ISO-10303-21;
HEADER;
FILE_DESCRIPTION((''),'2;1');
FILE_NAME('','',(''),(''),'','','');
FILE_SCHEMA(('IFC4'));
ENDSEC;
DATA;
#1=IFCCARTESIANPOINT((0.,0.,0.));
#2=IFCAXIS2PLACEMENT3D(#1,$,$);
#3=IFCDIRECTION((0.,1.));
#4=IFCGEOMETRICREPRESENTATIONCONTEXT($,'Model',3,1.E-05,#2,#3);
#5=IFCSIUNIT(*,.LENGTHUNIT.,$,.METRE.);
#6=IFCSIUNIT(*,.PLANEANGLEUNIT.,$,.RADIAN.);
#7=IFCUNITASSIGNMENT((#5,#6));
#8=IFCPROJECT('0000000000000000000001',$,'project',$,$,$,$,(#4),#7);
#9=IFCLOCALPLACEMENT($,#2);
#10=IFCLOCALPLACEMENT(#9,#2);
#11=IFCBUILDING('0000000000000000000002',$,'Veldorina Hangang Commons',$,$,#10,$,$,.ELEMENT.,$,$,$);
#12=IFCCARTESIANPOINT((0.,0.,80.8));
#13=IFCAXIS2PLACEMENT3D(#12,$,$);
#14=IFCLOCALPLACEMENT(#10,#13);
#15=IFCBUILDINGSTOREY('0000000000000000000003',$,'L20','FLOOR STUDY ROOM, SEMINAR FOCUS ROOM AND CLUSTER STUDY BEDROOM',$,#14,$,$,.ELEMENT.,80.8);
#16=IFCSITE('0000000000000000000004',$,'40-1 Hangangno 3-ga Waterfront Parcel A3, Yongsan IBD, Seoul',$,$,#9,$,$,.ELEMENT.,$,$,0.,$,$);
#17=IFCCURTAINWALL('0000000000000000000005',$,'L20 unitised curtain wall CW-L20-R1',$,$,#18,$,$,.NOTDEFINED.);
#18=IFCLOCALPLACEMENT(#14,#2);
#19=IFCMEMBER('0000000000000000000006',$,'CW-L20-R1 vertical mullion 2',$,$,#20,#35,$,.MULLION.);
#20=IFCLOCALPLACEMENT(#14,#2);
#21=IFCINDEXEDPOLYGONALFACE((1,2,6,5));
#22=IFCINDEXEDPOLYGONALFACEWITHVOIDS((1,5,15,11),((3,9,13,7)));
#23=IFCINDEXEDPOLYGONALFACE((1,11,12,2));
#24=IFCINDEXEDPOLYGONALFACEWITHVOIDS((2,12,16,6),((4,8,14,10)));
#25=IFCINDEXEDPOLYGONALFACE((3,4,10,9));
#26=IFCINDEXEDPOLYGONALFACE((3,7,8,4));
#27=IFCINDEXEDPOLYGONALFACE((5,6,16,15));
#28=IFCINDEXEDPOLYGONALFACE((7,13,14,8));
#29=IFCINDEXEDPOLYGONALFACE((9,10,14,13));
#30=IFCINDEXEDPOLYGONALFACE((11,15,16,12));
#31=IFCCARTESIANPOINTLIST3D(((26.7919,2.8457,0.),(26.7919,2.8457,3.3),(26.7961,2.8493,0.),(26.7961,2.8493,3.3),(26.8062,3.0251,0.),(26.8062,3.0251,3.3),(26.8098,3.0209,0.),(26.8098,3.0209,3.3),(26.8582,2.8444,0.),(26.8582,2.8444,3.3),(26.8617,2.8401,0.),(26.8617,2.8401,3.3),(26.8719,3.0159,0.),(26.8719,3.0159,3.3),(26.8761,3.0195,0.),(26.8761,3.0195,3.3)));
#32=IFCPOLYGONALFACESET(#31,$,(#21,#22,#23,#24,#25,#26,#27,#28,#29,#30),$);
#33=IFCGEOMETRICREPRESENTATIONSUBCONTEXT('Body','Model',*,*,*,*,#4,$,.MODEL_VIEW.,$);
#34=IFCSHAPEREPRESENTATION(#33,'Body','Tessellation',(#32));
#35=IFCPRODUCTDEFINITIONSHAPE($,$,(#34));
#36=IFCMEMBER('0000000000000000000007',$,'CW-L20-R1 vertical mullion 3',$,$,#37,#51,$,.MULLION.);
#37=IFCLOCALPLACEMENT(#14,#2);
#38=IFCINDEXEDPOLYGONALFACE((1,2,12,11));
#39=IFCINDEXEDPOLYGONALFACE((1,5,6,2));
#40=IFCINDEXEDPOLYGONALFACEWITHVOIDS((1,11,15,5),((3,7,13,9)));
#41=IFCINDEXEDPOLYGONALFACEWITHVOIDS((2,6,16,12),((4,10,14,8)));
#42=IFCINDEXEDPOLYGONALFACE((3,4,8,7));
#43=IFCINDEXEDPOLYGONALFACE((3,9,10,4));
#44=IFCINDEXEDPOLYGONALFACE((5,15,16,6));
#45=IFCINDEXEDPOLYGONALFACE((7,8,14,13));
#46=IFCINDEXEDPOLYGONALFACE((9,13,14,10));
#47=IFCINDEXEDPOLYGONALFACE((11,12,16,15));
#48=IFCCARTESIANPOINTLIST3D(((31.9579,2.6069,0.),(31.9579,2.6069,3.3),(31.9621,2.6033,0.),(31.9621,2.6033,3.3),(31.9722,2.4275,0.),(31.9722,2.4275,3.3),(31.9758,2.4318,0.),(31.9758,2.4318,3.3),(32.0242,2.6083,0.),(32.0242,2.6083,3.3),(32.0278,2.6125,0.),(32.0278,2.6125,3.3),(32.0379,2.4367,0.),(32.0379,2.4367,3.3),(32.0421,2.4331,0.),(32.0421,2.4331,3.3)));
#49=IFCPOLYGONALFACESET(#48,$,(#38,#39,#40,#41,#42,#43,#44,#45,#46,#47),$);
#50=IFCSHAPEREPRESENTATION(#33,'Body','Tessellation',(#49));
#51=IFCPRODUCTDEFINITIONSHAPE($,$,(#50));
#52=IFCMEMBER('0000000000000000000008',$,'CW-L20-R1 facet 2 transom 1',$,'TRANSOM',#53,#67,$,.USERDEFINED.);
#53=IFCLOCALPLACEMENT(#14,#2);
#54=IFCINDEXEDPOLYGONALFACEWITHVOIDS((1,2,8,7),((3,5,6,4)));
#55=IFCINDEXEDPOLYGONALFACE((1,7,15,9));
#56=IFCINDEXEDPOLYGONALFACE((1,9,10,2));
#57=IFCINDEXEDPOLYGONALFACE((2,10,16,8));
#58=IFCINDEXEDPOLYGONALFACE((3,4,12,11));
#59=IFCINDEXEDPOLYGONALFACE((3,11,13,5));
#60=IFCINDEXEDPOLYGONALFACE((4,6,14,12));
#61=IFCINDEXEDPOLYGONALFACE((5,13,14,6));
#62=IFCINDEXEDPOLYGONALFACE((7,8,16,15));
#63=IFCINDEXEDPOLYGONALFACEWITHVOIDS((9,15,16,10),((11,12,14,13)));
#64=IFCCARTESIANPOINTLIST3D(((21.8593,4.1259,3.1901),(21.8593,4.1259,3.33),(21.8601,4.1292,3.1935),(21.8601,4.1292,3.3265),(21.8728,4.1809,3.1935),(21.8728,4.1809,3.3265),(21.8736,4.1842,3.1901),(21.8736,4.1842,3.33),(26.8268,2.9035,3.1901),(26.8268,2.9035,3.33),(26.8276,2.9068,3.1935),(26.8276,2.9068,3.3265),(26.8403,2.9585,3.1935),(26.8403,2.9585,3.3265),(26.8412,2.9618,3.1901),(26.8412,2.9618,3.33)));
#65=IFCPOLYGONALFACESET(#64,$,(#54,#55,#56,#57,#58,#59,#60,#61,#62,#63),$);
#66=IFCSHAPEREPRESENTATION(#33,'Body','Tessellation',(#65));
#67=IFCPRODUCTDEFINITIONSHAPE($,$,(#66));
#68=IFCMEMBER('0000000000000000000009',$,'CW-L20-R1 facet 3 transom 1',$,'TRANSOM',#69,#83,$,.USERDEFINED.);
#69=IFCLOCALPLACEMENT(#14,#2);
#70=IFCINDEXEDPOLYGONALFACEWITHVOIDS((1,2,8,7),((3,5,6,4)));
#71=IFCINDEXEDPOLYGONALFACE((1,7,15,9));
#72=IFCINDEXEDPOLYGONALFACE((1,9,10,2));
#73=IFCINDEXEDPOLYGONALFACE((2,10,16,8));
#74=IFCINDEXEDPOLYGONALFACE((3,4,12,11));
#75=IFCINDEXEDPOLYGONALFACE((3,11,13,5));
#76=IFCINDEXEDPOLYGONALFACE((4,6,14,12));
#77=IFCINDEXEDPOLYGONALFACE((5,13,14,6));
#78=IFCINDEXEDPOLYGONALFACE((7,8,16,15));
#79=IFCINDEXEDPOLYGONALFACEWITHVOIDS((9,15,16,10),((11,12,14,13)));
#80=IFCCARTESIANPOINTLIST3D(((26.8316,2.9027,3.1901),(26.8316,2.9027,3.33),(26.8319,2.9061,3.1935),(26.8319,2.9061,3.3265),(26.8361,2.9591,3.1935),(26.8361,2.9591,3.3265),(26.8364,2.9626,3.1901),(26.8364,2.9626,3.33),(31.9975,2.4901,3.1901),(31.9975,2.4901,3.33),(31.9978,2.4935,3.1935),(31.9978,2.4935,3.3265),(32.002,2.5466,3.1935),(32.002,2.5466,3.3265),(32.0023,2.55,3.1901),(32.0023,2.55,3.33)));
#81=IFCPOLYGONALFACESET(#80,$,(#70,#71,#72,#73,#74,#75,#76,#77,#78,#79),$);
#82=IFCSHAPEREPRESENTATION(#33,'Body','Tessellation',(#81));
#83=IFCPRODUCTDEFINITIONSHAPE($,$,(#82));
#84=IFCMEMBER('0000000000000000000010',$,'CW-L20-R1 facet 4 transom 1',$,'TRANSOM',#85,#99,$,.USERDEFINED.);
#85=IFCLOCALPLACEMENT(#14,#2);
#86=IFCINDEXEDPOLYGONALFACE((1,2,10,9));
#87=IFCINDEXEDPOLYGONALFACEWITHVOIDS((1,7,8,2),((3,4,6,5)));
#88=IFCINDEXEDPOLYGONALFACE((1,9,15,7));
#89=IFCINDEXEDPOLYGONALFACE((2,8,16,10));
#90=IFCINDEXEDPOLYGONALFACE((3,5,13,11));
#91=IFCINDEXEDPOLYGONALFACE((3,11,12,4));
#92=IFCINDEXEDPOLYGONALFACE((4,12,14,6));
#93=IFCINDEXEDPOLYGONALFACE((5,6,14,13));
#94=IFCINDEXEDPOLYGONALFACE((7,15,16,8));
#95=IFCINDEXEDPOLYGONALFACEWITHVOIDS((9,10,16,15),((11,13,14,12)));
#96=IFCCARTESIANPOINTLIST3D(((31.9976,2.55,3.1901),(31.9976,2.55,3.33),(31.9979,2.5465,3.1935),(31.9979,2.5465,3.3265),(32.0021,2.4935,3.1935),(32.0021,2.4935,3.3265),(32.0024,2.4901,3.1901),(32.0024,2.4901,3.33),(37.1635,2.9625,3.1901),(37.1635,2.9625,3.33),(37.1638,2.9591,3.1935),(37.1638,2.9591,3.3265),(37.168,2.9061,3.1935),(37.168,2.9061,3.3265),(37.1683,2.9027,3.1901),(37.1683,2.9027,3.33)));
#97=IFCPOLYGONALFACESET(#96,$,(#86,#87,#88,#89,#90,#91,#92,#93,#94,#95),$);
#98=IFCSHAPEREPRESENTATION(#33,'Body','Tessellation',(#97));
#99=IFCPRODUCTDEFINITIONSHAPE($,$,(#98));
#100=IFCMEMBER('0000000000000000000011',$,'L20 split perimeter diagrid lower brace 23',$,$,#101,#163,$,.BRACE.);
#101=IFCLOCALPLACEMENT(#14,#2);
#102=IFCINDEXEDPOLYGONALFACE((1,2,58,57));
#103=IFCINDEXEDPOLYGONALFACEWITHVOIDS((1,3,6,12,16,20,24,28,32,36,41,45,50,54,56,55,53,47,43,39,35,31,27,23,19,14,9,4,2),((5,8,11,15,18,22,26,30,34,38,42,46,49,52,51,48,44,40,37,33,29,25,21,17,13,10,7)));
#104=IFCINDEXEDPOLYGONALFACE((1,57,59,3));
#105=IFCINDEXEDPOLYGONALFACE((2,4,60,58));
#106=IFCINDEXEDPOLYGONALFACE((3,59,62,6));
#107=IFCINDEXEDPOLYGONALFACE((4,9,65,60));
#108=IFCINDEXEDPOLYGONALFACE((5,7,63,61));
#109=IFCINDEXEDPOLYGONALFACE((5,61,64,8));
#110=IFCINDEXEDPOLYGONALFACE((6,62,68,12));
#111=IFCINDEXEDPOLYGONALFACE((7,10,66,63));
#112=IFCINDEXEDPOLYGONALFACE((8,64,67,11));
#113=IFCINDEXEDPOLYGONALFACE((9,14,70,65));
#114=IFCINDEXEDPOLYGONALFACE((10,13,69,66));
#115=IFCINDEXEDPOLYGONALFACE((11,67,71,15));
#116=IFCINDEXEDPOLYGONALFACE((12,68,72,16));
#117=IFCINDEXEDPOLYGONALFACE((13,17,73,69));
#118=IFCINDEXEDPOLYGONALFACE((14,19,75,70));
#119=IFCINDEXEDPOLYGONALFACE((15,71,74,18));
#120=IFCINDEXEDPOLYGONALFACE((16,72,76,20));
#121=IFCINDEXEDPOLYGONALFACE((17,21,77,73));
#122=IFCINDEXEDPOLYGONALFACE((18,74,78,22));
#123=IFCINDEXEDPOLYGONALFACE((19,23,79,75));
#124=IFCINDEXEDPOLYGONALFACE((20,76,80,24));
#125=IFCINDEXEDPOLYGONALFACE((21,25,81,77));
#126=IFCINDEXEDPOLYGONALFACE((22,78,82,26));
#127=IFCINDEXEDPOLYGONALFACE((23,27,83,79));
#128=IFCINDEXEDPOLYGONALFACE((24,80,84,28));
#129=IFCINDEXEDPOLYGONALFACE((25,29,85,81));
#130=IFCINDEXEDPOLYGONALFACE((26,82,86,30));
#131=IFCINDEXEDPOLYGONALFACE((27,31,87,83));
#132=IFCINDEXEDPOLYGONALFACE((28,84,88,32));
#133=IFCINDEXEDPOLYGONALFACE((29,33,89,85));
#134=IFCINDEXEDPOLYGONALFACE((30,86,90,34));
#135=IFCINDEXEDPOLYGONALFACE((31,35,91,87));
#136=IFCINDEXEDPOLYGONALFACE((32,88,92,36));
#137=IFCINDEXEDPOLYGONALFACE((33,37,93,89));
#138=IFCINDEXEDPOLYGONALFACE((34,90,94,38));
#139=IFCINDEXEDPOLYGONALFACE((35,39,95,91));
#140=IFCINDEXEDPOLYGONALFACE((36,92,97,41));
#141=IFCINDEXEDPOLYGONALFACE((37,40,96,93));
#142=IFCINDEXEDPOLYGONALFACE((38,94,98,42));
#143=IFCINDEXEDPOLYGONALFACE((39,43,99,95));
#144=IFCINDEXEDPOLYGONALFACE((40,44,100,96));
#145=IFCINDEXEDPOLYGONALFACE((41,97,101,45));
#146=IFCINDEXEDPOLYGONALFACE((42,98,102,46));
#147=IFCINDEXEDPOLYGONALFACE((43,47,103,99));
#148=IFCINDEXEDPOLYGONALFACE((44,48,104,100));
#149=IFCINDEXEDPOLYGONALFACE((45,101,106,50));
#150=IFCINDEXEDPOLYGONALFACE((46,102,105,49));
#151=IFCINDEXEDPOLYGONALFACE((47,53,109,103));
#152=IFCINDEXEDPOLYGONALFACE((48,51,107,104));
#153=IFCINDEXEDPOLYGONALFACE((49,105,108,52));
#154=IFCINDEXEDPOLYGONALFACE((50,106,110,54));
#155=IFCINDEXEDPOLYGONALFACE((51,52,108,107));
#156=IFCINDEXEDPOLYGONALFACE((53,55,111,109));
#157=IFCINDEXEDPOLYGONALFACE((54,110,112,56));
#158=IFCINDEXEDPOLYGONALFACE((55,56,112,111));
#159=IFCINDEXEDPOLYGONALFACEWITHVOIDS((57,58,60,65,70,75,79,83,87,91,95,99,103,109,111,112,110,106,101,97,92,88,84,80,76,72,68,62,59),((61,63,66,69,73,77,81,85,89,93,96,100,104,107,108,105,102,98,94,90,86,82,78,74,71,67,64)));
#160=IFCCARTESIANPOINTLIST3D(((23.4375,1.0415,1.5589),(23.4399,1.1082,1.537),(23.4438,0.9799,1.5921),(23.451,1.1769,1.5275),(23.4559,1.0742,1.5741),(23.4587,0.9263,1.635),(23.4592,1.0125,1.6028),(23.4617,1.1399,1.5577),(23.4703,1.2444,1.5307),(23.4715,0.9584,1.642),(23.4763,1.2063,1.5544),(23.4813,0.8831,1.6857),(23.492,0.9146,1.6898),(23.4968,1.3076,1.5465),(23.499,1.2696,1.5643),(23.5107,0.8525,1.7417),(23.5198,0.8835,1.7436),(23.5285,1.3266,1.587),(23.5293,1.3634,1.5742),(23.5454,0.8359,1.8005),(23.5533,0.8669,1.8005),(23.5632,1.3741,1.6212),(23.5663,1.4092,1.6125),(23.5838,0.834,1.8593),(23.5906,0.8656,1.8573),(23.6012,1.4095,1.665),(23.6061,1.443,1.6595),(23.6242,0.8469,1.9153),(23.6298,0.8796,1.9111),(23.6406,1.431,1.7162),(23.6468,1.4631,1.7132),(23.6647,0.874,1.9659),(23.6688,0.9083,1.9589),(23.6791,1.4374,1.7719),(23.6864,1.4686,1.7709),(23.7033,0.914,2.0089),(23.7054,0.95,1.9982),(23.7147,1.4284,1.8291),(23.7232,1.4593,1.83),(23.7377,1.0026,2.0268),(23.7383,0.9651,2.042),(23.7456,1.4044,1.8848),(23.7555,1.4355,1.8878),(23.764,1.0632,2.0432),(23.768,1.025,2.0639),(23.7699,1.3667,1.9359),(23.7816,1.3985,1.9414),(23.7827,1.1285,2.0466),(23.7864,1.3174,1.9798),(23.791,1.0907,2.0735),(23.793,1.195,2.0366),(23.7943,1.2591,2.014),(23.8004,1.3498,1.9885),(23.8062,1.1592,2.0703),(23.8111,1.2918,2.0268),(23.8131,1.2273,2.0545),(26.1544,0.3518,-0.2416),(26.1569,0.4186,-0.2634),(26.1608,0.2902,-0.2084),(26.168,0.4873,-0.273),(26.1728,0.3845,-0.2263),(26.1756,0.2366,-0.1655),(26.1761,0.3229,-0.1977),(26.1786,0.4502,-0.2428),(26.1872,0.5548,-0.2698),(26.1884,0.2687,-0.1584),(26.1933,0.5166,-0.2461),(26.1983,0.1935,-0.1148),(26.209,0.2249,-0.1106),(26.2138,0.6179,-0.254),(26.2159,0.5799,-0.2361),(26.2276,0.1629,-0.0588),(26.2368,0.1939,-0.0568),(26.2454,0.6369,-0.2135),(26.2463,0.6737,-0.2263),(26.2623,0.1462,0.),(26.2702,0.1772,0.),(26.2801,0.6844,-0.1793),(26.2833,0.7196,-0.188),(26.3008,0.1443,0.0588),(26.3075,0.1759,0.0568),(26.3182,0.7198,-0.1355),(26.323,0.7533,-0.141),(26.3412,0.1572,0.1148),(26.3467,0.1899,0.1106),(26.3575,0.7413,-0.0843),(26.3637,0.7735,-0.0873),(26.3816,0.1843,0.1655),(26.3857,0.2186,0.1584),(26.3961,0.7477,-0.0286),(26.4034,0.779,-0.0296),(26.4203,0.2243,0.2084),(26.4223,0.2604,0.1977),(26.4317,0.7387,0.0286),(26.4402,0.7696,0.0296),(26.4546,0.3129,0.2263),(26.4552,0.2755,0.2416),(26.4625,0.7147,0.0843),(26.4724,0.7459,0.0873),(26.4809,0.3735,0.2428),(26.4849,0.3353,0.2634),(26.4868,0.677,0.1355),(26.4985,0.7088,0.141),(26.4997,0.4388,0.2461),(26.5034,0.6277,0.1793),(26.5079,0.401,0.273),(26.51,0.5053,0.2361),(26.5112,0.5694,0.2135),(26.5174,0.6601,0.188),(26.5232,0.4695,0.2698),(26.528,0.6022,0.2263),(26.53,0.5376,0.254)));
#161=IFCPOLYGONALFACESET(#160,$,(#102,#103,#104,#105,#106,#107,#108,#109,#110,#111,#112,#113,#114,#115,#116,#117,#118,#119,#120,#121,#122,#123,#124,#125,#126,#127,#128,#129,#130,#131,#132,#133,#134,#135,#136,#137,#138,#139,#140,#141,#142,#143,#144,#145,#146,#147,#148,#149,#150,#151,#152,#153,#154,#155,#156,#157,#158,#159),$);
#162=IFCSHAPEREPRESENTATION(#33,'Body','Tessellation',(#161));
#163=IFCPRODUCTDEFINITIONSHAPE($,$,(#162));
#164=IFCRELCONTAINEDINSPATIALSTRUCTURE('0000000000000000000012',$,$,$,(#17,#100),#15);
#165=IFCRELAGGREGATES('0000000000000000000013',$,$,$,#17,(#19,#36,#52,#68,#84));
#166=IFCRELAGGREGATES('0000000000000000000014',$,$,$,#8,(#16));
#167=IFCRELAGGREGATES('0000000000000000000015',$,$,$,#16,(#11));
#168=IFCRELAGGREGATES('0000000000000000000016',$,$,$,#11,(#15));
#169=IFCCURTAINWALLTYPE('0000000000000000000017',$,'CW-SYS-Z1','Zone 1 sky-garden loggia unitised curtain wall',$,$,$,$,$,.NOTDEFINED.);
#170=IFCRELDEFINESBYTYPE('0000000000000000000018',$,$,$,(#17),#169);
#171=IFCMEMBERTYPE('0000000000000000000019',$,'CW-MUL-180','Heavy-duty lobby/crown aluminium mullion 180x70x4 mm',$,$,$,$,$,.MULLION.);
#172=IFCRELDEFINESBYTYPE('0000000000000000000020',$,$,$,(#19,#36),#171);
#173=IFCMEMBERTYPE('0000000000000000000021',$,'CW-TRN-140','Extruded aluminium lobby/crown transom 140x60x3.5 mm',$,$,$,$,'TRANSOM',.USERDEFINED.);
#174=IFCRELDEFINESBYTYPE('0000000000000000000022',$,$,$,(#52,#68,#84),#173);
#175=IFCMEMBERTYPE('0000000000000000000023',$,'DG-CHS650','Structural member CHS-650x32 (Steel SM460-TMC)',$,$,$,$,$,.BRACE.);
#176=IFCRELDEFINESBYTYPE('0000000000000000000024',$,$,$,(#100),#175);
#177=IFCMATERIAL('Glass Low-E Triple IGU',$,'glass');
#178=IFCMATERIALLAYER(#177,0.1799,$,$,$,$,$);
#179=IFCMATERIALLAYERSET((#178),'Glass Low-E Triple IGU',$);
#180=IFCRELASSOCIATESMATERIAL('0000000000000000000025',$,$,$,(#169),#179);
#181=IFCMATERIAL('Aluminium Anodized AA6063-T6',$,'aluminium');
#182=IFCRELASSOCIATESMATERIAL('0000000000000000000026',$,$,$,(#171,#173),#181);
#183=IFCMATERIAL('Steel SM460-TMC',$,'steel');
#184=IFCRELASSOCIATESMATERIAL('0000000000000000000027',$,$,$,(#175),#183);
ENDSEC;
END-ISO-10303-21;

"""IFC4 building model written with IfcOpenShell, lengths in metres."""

from ifc_helpers import new_model, si_unit, direction, frame, origin, origin_2d, place, context, subcontext, project, spatial, hollow_rectangle, hollow_circle, extrude, material, layer, layer_set, material_profile, profile_set, type_object, element, aggregate, save


model = new_model("IFC4")

# Units and contexts
model_context = context("Model", 3, precision=1e-05, world=origin(), true_north=direction((0.0, 1.0)))
body_context = subcontext(model_context, "Body", "Model", "MODEL_VIEW")
ifc_project = project(units=[si_unit("LENGTHUNIT", "METRE"), si_unit("PLANEANGLEUNIT", "RADIAN")], contexts=[model_context])

# Site, building, storey
site_placement = place(None, origin())
site = spatial("IfcSite", under=ifc_project, at=site_placement, Name="40-1 Hangangno 3-ga Waterfront Parcel A3, Yongsan IBD, Seoul", CompositionType="ELEMENT", RefElevation=0.0)
building_placement = place(site_placement, origin())
building = spatial("IfcBuilding", under=site, at=building_placement, Name="Veldorina Hangang Commons", CompositionType="ELEMENT")
storey_placement = place(building_placement, frame((0.0, 0.0, 80.8)))
storey = spatial("IfcBuildingStorey", under=building, at=storey_placement, Name="L20", Description="FLOOR STUDY ROOM, SEMINAR FOCUS ROOM AND CLUSTER STUDY BEDROOM", CompositionType="ELEMENT", Elevation=80.8)

# Curtain wall, members
ifc_material_1 = material(Name="Glass Low-E Triple IGU", Category="glass")
ifc_layer_1 = layer(ifc_material_1, 0.1799)
ifc_layer_set_1 = layer_set([ifc_layer_1], Name="Glass Low-E Triple IGU")
curtain_wall_type = type_object("IfcCurtainWallType", Name="CW-SYS-Z1", Description="Zone 1 sky-garden loggia unitised curtain wall", PredefinedType="NOTDEFINED", material=ifc_layer_set_1)
curtain_wall_placement = place(storey_placement, origin())
curtain_wall = element("IfcCurtainWall", 1, at=curtain_wall_placement, inside=storey, type_object=curtain_wall_type, Name="L20 unitised curtain wall CW-L20-R1", PredefinedType="NOTDEFINED")
ifc_material_2 = material(Name="Aluminium Anodized AA6063-T6", Category="aluminium")
ifc_material_profile_1 = material_profile(ifc_material_2, hollow_rectangle(XDim=0.0701, YDim=0.1799, WallThickness=0.0039, at=origin_2d()), Name="ALU-RHS-180x70x4")
ifc_profile_set_1 = profile_set([ifc_material_profile_1], Name="Aluminium Anodized AA6063-T6")
member_type_1 = type_object("IfcMemberType", Name="CW-MUL-180", Description="Heavy-duty lobby/crown aluminium mullion 180x70x4 mm", PredefinedType="MULLION", material=ifc_profile_set_1)
member_1_placement = place(storey_placement, frame((26.834, 2.9326, 0.0), z_axis=(0.0, 0.0, 1.0), x_axis=(0.996824, -0.079642, 0.0)))
member_1 = element("IfcMember", 2, at=member_1_placement, type_object=member_type_1, Name="CW-L20-R1 vertical mullion 2", PredefinedType="MULLION", context=body_context, shape_type="SweptSolid", body=[
    extrude(hollow_rectangle(XDim=0.0701, YDim=0.1799, WallThickness=0.0039, at=origin_2d()), origin(), (0.0, 0.0, 1.0), 3.3),
])
member_2_placement = place(storey_placement, frame((32.0, 2.52, 0.0), z_axis=(0.0, 0.0, 1.0), x_axis=(0.996824, 0.079642, 0.0)))
member_2 = element("IfcMember", 3, at=member_2_placement, type_object=member_type_1, Name="CW-L20-R1 vertical mullion 3", PredefinedType="MULLION", context=body_context, shape_type="SweptSolid", body=[
    extrude(hollow_rectangle(XDim=0.0701, YDim=0.1799, WallThickness=0.0039, at=origin_2d()), origin(), (0.0, 0.0, 1.0), 3.3),
])
ifc_material_profile_2 = material_profile(ifc_material_2, hollow_rectangle(XDim=0.0601, YDim=0.1399, WallThickness=0.0034, at=origin_2d()), Name="ALU-RHS-140x60x3.5")
ifc_profile_set_2 = profile_set([ifc_material_profile_2], Name="Aluminium Anodized AA6063-T6")
member_type_2 = type_object("IfcMemberType", Name="CW-TRN-140", Description="Extruded aluminium lobby/crown transom 140x60x3.5 mm", ElementType="TRANSOM", PredefinedType="USERDEFINED", material=ifc_profile_set_2)
member_3_placement = place(storey_placement, frame((21.8665, 4.155, 3.26), z_axis=(0.971031, -0.238952, 0.0), x_axis=(0.238952, 0.971031, 0.0)))
member_3 = element("IfcMember", 4, at=member_3_placement, type_object=member_type_2, Name="CW-L20-R1 facet 2 transom 1", ObjectType="TRANSOM", PredefinedType="USERDEFINED", context=body_context, shape_type="SweptSolid", body=[
    extrude(hollow_rectangle(XDim=0.0601, YDim=0.1399, WallThickness=0.0034, at=origin_2d()), origin(), (0.0, 0.0, 1.0), 5.1157),
])
member_4_placement = place(storey_placement, frame((26.834, 2.9326, 3.26), z_axis=(0.996826, -0.079614, 0.0), x_axis=(0.079614, 0.996826, 0.0)))
member_4 = element("IfcMember", 5, at=member_4_placement, type_object=member_type_2, Name="CW-L20-R1 facet 3 transom 1", ObjectType="TRANSOM", PredefinedType="USERDEFINED", context=body_context, shape_type="SweptSolid", body=[
    extrude(hollow_rectangle(XDim=0.0601, YDim=0.1399, WallThickness=0.0034, at=origin_2d()), origin(), (0.0, 0.0, 1.0), 5.1824),
])
member_5_placement = place(storey_placement, frame((32.0, 2.52, 3.26), z_axis=(0.996826, 0.079614, 0.0), x_axis=(-0.079614, 0.996826, 0.0)))
member_5 = element("IfcMember", 6, at=member_5_placement, type_object=member_type_2, Name="CW-L20-R1 facet 4 transom 1", ObjectType="TRANSOM", PredefinedType="USERDEFINED", context=body_context, shape_type="SweptSolid", body=[
    extrude(hollow_rectangle(XDim=0.0601, YDim=0.1399, WallThickness=0.0034, at=origin_2d()), origin(), (0.0, 0.0, 1.0), 5.1824),
])

# Member
ifc_material_3 = material(Name="Steel SM460-TMC", Category="steel")
ifc_material_profile_3 = material_profile(ifc_material_3, hollow_circle(Radius=0.325, WallThickness=0.032, at=origin_2d()), Name="CHS-650x32")
ifc_profile_set_3 = profile_set([ifc_material_profile_3], Name="Steel SM460-TMC")
member_type_3 = type_object("IfcMemberType", Name="DG-CHS650", Description="Structural member CHS-650x32 (Steel SM460-TMC)", PredefinedType="BRACE", material=ifc_profile_set_3)
member_6_placement = place(storey_placement, frame((26.3423, 0.4612, 0.0), z_axis=(-0.815523, 0.207013, 0.540433), x_axis=(-0.246038, -0.96926, 0.0)))
element("IfcMember", 7, at=member_6_placement, inside=storey, type_object=member_type_3, Name="L20 split perimeter diagrid lower brace 23", PredefinedType="BRACE", context=body_context, shape_type="SweptSolid", body=[
    extrude(hollow_circle(Radius=0.325, WallThickness=0.032, at=origin_2d()), origin(), (0.0, 0.0, 1.0), 3.3315),
])

aggregate(curtain_wall, [member_1, member_2, member_3, member_4, member_5])

save(model, "model.ifc")
